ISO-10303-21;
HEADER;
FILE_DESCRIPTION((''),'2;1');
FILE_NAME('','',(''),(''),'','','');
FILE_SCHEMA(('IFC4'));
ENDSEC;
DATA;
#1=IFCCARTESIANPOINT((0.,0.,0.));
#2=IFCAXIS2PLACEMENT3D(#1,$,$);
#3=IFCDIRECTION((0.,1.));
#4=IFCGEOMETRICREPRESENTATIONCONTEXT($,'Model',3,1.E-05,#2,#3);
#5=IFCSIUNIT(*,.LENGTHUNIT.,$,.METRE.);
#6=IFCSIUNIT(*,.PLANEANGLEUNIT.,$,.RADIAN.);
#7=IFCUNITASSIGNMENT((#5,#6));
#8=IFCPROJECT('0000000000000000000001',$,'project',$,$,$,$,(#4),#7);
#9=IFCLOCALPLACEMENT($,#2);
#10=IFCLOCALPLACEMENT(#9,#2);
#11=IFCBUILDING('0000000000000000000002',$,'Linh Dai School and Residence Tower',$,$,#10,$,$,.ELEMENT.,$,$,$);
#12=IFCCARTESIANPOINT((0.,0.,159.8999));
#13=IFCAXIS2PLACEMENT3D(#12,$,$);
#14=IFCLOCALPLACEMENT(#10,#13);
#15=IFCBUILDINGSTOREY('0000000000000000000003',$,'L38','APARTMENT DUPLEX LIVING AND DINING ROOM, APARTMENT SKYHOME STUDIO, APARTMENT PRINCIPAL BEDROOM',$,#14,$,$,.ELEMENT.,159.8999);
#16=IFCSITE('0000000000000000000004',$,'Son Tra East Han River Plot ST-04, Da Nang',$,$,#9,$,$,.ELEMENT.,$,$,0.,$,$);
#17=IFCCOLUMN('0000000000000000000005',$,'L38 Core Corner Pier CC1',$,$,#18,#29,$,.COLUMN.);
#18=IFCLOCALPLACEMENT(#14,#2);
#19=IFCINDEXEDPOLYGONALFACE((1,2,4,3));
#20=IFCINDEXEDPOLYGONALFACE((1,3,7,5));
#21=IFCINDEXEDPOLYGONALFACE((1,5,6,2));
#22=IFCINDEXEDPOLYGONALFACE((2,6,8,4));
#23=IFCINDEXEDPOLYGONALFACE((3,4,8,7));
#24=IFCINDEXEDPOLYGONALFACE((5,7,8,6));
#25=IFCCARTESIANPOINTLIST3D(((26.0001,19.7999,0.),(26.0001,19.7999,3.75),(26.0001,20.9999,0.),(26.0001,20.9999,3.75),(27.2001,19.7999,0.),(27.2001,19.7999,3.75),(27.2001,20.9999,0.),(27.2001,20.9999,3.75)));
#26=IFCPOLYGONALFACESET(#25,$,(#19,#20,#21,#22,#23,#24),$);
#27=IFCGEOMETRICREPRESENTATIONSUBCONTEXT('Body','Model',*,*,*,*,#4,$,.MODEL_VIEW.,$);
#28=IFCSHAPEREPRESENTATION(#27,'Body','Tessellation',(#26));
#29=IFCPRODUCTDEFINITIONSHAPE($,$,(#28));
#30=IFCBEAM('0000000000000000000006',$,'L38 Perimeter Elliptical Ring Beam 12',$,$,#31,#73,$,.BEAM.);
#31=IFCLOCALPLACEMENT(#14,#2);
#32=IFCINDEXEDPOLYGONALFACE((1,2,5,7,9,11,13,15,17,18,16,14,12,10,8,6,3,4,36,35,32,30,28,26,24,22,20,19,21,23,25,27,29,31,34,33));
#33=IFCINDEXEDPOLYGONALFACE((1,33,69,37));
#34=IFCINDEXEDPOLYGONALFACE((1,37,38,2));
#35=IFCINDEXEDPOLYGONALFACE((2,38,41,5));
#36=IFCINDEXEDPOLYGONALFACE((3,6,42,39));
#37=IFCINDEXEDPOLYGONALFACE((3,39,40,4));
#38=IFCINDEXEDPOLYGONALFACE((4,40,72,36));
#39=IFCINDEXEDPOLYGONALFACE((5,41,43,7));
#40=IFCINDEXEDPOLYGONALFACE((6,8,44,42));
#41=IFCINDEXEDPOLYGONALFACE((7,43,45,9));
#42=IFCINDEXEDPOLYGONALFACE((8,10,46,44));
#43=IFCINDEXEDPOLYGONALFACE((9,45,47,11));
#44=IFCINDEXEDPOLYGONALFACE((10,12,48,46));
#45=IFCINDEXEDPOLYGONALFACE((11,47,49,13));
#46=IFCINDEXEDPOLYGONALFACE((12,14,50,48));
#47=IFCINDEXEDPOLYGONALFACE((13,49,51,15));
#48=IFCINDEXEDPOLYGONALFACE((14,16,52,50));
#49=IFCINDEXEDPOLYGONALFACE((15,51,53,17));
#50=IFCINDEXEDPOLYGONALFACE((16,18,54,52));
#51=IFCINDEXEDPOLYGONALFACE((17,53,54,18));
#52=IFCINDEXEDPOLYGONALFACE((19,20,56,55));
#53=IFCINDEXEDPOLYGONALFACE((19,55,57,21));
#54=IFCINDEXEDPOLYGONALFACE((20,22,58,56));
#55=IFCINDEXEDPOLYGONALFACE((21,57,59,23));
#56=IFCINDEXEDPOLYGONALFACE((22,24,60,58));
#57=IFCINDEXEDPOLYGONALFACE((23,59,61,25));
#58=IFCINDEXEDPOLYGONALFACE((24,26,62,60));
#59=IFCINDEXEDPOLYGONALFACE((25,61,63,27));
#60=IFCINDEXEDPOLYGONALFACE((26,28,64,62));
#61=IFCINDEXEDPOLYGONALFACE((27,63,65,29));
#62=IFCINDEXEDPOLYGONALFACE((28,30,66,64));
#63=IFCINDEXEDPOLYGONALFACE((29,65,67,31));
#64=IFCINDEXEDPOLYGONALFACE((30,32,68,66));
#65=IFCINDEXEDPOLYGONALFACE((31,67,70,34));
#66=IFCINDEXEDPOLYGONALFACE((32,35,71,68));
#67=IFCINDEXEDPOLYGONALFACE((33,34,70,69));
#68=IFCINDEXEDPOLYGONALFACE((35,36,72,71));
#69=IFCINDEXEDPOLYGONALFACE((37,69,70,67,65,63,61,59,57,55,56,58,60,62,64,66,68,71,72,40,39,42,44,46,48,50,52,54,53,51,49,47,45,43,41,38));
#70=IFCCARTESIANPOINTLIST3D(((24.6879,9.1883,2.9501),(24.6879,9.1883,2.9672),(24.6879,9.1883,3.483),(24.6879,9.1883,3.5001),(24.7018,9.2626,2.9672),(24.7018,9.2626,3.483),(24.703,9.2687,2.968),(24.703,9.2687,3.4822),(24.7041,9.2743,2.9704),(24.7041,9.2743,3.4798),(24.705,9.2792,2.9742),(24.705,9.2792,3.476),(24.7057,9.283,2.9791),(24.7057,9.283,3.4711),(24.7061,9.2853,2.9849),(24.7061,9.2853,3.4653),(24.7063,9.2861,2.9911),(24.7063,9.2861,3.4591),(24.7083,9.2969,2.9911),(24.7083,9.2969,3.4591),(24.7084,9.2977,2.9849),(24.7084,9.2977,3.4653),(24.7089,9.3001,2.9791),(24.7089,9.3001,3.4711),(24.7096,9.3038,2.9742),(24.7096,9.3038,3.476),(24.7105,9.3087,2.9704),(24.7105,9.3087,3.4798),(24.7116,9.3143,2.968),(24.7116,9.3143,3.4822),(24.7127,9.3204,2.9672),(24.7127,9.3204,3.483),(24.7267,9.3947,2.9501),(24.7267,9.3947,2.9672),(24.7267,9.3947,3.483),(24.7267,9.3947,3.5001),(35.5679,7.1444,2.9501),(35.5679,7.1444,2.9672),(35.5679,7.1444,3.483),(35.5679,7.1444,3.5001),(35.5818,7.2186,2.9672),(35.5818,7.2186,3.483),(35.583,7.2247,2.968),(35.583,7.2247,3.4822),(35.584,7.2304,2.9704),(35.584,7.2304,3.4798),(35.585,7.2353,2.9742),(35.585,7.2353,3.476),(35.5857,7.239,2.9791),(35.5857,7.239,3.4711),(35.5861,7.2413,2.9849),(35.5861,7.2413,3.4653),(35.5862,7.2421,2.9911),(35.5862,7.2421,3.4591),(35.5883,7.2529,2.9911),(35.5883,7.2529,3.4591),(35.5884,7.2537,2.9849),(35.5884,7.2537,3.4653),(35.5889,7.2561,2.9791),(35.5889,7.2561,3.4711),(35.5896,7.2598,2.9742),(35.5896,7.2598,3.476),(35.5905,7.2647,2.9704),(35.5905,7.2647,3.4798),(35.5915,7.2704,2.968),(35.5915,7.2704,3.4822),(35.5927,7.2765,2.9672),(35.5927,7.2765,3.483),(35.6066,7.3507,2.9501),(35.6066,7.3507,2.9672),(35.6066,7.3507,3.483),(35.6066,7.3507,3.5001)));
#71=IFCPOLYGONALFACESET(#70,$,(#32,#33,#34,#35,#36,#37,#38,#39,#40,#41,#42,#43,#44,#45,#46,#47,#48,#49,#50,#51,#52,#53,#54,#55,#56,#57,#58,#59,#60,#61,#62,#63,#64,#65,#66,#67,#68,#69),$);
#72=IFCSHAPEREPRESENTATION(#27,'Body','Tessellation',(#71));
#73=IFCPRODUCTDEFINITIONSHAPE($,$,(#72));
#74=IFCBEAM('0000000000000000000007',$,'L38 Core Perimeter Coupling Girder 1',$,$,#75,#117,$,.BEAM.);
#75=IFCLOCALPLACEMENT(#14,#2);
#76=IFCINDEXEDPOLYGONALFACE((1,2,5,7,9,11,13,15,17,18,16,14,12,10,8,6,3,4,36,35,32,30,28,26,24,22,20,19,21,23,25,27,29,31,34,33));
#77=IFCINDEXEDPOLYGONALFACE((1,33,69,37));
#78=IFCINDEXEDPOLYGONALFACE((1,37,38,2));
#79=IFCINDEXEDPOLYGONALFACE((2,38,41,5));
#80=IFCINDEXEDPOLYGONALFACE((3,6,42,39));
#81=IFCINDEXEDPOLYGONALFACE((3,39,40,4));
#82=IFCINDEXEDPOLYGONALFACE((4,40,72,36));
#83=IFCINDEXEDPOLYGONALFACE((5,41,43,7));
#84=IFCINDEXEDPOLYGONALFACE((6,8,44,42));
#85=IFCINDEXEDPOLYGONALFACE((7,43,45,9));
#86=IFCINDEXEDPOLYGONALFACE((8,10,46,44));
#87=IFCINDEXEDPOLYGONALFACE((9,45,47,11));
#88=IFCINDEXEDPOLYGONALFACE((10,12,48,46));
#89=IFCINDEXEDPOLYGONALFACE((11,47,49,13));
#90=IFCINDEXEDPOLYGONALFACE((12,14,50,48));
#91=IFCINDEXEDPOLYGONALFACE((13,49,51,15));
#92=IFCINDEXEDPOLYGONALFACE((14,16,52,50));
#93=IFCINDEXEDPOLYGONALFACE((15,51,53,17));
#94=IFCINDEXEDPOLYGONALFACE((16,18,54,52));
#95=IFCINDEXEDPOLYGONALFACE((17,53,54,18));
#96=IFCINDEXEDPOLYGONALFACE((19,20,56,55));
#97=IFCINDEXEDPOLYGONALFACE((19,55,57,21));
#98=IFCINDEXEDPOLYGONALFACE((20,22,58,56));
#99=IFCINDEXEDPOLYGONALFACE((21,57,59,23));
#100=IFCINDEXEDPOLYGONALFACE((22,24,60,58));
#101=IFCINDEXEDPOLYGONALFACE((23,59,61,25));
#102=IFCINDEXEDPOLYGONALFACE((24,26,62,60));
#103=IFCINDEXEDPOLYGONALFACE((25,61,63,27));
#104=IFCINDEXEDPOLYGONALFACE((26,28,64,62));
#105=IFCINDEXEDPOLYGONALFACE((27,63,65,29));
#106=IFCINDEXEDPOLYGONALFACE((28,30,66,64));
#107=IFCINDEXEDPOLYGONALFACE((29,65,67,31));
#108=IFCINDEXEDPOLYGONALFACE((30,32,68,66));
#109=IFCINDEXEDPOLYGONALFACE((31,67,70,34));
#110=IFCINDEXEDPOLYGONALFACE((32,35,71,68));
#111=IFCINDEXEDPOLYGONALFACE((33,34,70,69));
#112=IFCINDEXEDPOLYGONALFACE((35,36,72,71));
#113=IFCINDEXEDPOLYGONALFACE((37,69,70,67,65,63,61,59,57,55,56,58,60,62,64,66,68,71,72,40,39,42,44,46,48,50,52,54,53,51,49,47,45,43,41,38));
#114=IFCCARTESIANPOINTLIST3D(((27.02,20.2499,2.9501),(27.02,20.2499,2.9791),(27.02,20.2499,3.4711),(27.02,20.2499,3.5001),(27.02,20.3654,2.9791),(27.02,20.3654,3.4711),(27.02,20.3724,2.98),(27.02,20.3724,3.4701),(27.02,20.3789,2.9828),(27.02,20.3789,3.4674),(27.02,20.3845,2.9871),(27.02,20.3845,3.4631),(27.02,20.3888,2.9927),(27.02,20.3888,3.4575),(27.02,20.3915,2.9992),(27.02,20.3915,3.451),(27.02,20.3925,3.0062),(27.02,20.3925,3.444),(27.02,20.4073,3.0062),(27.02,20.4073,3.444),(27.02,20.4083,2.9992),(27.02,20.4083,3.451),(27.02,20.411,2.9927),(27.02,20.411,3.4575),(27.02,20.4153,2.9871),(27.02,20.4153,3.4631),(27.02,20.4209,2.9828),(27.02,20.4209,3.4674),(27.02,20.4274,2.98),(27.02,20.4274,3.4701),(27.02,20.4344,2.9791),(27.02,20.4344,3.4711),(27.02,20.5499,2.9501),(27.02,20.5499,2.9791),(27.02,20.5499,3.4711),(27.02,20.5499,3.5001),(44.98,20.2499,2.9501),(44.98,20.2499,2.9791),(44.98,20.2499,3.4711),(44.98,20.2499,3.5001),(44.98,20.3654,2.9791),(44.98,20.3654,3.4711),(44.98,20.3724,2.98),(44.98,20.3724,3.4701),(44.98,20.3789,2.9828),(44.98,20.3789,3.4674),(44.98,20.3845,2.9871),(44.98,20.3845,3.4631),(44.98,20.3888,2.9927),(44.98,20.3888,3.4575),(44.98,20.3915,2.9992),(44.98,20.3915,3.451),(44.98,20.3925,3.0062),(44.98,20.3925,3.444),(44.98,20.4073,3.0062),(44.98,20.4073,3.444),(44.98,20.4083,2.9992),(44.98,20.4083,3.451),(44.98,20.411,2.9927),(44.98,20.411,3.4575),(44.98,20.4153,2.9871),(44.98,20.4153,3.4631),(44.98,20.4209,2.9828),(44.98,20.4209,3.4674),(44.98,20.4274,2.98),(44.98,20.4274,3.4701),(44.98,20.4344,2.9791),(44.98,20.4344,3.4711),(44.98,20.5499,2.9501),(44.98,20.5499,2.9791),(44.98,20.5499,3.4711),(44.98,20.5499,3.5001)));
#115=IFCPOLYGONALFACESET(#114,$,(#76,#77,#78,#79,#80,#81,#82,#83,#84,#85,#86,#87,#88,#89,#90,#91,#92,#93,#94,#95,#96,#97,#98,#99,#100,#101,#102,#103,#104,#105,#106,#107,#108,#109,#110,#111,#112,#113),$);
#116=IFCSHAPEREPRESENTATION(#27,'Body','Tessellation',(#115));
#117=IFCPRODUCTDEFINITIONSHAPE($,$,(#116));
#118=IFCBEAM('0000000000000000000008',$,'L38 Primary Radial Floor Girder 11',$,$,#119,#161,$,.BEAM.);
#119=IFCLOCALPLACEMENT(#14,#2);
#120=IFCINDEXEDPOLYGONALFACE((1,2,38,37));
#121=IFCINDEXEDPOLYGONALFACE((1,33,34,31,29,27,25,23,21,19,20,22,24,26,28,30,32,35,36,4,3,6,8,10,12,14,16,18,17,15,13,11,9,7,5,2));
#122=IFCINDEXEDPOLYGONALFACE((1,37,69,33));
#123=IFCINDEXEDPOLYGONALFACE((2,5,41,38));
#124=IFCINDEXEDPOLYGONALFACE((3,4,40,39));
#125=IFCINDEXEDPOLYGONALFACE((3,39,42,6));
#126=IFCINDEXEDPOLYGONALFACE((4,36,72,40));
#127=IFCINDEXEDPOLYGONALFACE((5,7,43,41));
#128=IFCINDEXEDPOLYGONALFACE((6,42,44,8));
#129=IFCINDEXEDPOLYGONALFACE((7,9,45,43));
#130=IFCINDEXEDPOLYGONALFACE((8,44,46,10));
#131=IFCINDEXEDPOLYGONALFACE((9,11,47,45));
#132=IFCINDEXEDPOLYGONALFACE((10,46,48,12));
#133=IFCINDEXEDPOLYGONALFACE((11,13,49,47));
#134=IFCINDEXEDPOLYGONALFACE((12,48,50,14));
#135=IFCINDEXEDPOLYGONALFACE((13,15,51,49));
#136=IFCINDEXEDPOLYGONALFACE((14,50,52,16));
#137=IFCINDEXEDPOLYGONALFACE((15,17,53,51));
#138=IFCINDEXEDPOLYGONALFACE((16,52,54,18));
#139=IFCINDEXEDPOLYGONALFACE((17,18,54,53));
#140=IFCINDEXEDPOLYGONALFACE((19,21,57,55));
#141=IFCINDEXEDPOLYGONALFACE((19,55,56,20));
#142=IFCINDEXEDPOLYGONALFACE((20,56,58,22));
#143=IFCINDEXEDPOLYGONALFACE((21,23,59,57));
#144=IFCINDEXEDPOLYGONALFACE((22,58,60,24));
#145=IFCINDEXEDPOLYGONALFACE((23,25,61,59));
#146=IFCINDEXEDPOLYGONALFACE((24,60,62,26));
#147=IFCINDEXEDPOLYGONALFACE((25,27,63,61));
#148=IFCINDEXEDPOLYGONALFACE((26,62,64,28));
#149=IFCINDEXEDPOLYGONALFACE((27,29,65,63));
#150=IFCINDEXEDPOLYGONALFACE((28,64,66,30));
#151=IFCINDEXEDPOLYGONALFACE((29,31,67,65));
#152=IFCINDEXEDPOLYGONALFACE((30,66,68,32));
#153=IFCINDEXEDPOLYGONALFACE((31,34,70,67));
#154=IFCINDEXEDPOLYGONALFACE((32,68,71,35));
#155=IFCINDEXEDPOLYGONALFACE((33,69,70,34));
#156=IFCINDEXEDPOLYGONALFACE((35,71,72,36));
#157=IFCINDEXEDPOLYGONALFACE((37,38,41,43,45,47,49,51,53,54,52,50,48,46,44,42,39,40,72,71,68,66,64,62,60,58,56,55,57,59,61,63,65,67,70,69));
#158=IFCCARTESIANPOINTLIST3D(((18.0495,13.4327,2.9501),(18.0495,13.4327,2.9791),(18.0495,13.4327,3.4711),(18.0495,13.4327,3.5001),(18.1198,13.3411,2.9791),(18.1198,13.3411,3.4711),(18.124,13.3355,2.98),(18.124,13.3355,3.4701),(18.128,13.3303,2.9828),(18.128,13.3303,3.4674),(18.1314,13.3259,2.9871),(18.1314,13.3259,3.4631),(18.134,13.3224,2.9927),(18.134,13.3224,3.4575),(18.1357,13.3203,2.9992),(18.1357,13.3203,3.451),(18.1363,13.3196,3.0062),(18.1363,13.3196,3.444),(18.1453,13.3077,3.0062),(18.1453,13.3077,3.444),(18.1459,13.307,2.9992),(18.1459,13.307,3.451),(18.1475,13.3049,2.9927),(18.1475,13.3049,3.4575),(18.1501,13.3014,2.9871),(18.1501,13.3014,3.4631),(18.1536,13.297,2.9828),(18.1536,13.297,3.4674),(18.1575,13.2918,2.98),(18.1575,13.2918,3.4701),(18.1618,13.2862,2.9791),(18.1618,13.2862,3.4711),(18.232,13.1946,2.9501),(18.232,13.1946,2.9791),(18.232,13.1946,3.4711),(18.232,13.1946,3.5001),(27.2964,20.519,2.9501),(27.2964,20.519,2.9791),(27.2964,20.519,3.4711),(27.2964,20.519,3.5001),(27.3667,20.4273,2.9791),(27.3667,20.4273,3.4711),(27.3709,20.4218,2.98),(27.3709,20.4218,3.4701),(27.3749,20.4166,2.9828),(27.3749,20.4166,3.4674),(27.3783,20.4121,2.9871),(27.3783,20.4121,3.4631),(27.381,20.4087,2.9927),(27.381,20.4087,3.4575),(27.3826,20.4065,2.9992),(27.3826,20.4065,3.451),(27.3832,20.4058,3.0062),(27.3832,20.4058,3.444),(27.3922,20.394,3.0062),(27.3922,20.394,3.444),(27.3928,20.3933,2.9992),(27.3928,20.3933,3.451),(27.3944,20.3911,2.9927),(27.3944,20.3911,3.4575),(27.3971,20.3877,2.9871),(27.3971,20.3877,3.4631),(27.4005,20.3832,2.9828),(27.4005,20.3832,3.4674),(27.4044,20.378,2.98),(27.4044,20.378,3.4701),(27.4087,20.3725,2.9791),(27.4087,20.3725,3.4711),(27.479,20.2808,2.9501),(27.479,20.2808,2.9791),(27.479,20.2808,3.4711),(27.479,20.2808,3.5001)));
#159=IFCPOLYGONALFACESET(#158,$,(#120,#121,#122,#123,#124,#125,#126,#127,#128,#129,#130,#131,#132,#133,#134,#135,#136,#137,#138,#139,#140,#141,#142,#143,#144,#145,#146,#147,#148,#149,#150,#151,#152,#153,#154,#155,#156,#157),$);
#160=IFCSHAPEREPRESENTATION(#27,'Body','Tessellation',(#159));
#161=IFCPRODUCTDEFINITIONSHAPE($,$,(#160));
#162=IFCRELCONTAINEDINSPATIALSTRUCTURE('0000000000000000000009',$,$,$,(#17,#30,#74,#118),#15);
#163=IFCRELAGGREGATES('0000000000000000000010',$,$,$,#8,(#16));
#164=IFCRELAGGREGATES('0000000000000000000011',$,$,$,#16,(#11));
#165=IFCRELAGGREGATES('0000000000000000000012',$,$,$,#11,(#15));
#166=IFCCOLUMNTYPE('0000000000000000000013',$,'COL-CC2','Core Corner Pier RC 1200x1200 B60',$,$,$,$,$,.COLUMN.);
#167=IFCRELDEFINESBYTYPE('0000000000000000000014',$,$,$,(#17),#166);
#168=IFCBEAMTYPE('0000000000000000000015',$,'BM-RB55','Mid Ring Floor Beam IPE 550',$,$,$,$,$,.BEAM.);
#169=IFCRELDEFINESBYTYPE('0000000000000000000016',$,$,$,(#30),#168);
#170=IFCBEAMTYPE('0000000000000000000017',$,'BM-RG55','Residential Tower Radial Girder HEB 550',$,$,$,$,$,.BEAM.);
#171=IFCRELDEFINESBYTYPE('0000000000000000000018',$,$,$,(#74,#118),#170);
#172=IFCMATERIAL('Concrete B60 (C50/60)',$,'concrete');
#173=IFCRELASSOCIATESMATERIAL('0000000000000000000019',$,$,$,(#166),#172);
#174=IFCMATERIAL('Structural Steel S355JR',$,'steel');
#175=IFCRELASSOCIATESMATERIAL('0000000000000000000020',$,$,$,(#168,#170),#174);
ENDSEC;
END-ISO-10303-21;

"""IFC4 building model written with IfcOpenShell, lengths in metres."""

from ifc_helpers import new_model, si_unit, direction, frame, origin, origin_2d, place, context, subcontext, project, spatial, rectangle, i_section, extrude, material, material_profile, profile_set, type_object, element, save


model = new_model("IFC4")

# Units and contexts
model_context = context("Model", 3, precision=1e-05, world=origin(), true_north=direction((0.0, 1.0)))
body_context = subcontext(model_context, "Body", "Model", "MODEL_VIEW")
ifc_project = project(units=[si_unit("LENGTHUNIT", "METRE"), si_unit("PLANEANGLEUNIT", "RADIAN")], contexts=[model_context])

# Site, building, storey
site_placement = place(None, origin())
site = spatial("IfcSite", under=ifc_project, at=site_placement, Name="Son Tra East Han River Plot ST-04, Da Nang", CompositionType="ELEMENT", RefElevation=0.0)
building_placement = place(site_placement, origin())
building = spatial("IfcBuilding", under=site, at=building_placement, Name="Linh Dai School and Residence Tower", CompositionType="ELEMENT")
storey_placement = place(building_placement, frame((0.0, 0.0, 159.8999)))
storey = spatial("IfcBuildingStorey", under=building, at=storey_placement, Name="L38", Description="APARTMENT DUPLEX LIVING AND DINING ROOM, APARTMENT SKYHOME STUDIO, APARTMENT PRINCIPAL BEDROOM", CompositionType="ELEMENT", Elevation=159.8999)

# Column
ifc_material_1 = material(Name="Concrete B60 (C50/60)", Category="concrete")
ifc_material_profile_1 = material_profile(ifc_material_1, rectangle(XDim=1.2, YDim=1.2, at=origin_2d()), Name="RC 1200x1200")
ifc_profile_set_1 = profile_set([ifc_material_profile_1], Name="Concrete B60 (C50/60)")
column_type = type_object("IfcColumnType", Name="COL-CC2", Description="Core Corner Pier RC 1200x1200 B60", PredefinedType="COLUMN", material=ifc_profile_set_1)
column_placement = place(storey_placement, frame((26.6001, 20.3999, 0.0), z_axis=(0.0, 0.0, 1.0), x_axis=(1.0, 0.0, 0.0)))
element("IfcColumn", 1, at=column_placement, inside=storey, type_object=column_type, Name="L38 Core Corner Pier CC1", PredefinedType="COLUMN", context=body_context, shape_type="SweptSolid", body=[
    extrude(rectangle(XDim=1.2, YDim=1.2, at=origin_2d()), origin(), (0.0, 0.0, 1.0), 3.75),
])

# Beams
ifc_material_2 = material(Name="Structural Steel S355JR", Category="steel")
ifc_material_profile_2 = material_profile(ifc_material_2, i_section(OverallWidth=0.21, OverallDepth=0.55, WebThickness=0.011, FlangeThickness=0.0171, FilletRadius=0.0239, at=origin_2d()), Name="IPE 550")
ifc_profile_set_2 = profile_set([ifc_material_profile_2], Name="Structural Steel S355JR")
beam_type_1 = type_object("IfcBeamType", Name="BM-RB55", Description="Mid Ring Floor Beam IPE 550", PredefinedType="BEAM", material=ifc_profile_set_2)
beam_1_placement = place(storey_placement, frame((24.7073, 9.2915, 3.2251), z_axis=(0.982807, -0.184635, 0.0), x_axis=(0.184635, 0.982807, 0.0)))
element("IfcBeam", 2, at=beam_1_placement, inside=storey, type_object=beam_type_1, Name="L38 Perimeter Elliptical Ring Beam 12", PredefinedType="BEAM", context=body_context, shape_type="SweptSolid", body=[
    extrude(i_section(OverallWidth=0.21, OverallDepth=0.55, WebThickness=0.011, FlangeThickness=0.0171, FilletRadius=0.0239, at=origin_2d()), origin(), (0.0, 0.0, 1.0), 11.0703),
])
ifc_material_profile_3 = material_profile(ifc_material_2, i_section(OverallWidth=0.3, OverallDepth=0.55, WebThickness=0.0149, FlangeThickness=0.0291, FilletRadius=0.0271, at=origin_2d()), Name="HEB 550")
ifc_profile_set_3 = profile_set([ifc_material_profile_3], Name="Structural Steel S355JR")
beam_type_2 = type_object("IfcBeamType", Name="BM-RG55", Description="Residential Tower Radial Girder HEB 550", PredefinedType="BEAM", material=ifc_profile_set_3)
beam_2_placement = place(storey_placement, frame((27.02, 20.3999, 3.2251), z_axis=(1.0, 0.0, 0.0), x_axis=(0.0, 1.0, 0.0)))
element("IfcBeam", 3, at=beam_2_placement, inside=storey, type_object=beam_type_2, Name="L38 Core Perimeter Coupling Girder 1", PredefinedType="BEAM", context=body_context, shape_type="SweptSolid", body=[
    extrude(i_section(OverallWidth=0.3, OverallDepth=0.55, WebThickness=0.0149, FlangeThickness=0.0291, FilletRadius=0.0271, at=origin_2d()), origin(), (0.0, 0.0, 1.0), 17.96),
])
beam_3_placement = place(storey_placement, frame((27.3877, 20.3999, 3.2251), z_axis=(-0.793733, -0.608267, 0.0), x_axis=(0.608267, -0.793733, 0.0)))
element("IfcBeam", 4, at=beam_3_placement, inside=storey, type_object=beam_type_2, Name="L38 Primary Radial Floor Girder 11", PredefinedType="BEAM", context=body_context, shape_type="SweptSolid", body=[
    extrude(i_section(OverallWidth=0.3, OverallDepth=0.55, WebThickness=0.0149, FlangeThickness=0.0291, FilletRadius=0.0271, at=origin_2d()), origin(), (0.0, 0.0, 1.0), 11.6499),
])

save(model, "model.ifc")
